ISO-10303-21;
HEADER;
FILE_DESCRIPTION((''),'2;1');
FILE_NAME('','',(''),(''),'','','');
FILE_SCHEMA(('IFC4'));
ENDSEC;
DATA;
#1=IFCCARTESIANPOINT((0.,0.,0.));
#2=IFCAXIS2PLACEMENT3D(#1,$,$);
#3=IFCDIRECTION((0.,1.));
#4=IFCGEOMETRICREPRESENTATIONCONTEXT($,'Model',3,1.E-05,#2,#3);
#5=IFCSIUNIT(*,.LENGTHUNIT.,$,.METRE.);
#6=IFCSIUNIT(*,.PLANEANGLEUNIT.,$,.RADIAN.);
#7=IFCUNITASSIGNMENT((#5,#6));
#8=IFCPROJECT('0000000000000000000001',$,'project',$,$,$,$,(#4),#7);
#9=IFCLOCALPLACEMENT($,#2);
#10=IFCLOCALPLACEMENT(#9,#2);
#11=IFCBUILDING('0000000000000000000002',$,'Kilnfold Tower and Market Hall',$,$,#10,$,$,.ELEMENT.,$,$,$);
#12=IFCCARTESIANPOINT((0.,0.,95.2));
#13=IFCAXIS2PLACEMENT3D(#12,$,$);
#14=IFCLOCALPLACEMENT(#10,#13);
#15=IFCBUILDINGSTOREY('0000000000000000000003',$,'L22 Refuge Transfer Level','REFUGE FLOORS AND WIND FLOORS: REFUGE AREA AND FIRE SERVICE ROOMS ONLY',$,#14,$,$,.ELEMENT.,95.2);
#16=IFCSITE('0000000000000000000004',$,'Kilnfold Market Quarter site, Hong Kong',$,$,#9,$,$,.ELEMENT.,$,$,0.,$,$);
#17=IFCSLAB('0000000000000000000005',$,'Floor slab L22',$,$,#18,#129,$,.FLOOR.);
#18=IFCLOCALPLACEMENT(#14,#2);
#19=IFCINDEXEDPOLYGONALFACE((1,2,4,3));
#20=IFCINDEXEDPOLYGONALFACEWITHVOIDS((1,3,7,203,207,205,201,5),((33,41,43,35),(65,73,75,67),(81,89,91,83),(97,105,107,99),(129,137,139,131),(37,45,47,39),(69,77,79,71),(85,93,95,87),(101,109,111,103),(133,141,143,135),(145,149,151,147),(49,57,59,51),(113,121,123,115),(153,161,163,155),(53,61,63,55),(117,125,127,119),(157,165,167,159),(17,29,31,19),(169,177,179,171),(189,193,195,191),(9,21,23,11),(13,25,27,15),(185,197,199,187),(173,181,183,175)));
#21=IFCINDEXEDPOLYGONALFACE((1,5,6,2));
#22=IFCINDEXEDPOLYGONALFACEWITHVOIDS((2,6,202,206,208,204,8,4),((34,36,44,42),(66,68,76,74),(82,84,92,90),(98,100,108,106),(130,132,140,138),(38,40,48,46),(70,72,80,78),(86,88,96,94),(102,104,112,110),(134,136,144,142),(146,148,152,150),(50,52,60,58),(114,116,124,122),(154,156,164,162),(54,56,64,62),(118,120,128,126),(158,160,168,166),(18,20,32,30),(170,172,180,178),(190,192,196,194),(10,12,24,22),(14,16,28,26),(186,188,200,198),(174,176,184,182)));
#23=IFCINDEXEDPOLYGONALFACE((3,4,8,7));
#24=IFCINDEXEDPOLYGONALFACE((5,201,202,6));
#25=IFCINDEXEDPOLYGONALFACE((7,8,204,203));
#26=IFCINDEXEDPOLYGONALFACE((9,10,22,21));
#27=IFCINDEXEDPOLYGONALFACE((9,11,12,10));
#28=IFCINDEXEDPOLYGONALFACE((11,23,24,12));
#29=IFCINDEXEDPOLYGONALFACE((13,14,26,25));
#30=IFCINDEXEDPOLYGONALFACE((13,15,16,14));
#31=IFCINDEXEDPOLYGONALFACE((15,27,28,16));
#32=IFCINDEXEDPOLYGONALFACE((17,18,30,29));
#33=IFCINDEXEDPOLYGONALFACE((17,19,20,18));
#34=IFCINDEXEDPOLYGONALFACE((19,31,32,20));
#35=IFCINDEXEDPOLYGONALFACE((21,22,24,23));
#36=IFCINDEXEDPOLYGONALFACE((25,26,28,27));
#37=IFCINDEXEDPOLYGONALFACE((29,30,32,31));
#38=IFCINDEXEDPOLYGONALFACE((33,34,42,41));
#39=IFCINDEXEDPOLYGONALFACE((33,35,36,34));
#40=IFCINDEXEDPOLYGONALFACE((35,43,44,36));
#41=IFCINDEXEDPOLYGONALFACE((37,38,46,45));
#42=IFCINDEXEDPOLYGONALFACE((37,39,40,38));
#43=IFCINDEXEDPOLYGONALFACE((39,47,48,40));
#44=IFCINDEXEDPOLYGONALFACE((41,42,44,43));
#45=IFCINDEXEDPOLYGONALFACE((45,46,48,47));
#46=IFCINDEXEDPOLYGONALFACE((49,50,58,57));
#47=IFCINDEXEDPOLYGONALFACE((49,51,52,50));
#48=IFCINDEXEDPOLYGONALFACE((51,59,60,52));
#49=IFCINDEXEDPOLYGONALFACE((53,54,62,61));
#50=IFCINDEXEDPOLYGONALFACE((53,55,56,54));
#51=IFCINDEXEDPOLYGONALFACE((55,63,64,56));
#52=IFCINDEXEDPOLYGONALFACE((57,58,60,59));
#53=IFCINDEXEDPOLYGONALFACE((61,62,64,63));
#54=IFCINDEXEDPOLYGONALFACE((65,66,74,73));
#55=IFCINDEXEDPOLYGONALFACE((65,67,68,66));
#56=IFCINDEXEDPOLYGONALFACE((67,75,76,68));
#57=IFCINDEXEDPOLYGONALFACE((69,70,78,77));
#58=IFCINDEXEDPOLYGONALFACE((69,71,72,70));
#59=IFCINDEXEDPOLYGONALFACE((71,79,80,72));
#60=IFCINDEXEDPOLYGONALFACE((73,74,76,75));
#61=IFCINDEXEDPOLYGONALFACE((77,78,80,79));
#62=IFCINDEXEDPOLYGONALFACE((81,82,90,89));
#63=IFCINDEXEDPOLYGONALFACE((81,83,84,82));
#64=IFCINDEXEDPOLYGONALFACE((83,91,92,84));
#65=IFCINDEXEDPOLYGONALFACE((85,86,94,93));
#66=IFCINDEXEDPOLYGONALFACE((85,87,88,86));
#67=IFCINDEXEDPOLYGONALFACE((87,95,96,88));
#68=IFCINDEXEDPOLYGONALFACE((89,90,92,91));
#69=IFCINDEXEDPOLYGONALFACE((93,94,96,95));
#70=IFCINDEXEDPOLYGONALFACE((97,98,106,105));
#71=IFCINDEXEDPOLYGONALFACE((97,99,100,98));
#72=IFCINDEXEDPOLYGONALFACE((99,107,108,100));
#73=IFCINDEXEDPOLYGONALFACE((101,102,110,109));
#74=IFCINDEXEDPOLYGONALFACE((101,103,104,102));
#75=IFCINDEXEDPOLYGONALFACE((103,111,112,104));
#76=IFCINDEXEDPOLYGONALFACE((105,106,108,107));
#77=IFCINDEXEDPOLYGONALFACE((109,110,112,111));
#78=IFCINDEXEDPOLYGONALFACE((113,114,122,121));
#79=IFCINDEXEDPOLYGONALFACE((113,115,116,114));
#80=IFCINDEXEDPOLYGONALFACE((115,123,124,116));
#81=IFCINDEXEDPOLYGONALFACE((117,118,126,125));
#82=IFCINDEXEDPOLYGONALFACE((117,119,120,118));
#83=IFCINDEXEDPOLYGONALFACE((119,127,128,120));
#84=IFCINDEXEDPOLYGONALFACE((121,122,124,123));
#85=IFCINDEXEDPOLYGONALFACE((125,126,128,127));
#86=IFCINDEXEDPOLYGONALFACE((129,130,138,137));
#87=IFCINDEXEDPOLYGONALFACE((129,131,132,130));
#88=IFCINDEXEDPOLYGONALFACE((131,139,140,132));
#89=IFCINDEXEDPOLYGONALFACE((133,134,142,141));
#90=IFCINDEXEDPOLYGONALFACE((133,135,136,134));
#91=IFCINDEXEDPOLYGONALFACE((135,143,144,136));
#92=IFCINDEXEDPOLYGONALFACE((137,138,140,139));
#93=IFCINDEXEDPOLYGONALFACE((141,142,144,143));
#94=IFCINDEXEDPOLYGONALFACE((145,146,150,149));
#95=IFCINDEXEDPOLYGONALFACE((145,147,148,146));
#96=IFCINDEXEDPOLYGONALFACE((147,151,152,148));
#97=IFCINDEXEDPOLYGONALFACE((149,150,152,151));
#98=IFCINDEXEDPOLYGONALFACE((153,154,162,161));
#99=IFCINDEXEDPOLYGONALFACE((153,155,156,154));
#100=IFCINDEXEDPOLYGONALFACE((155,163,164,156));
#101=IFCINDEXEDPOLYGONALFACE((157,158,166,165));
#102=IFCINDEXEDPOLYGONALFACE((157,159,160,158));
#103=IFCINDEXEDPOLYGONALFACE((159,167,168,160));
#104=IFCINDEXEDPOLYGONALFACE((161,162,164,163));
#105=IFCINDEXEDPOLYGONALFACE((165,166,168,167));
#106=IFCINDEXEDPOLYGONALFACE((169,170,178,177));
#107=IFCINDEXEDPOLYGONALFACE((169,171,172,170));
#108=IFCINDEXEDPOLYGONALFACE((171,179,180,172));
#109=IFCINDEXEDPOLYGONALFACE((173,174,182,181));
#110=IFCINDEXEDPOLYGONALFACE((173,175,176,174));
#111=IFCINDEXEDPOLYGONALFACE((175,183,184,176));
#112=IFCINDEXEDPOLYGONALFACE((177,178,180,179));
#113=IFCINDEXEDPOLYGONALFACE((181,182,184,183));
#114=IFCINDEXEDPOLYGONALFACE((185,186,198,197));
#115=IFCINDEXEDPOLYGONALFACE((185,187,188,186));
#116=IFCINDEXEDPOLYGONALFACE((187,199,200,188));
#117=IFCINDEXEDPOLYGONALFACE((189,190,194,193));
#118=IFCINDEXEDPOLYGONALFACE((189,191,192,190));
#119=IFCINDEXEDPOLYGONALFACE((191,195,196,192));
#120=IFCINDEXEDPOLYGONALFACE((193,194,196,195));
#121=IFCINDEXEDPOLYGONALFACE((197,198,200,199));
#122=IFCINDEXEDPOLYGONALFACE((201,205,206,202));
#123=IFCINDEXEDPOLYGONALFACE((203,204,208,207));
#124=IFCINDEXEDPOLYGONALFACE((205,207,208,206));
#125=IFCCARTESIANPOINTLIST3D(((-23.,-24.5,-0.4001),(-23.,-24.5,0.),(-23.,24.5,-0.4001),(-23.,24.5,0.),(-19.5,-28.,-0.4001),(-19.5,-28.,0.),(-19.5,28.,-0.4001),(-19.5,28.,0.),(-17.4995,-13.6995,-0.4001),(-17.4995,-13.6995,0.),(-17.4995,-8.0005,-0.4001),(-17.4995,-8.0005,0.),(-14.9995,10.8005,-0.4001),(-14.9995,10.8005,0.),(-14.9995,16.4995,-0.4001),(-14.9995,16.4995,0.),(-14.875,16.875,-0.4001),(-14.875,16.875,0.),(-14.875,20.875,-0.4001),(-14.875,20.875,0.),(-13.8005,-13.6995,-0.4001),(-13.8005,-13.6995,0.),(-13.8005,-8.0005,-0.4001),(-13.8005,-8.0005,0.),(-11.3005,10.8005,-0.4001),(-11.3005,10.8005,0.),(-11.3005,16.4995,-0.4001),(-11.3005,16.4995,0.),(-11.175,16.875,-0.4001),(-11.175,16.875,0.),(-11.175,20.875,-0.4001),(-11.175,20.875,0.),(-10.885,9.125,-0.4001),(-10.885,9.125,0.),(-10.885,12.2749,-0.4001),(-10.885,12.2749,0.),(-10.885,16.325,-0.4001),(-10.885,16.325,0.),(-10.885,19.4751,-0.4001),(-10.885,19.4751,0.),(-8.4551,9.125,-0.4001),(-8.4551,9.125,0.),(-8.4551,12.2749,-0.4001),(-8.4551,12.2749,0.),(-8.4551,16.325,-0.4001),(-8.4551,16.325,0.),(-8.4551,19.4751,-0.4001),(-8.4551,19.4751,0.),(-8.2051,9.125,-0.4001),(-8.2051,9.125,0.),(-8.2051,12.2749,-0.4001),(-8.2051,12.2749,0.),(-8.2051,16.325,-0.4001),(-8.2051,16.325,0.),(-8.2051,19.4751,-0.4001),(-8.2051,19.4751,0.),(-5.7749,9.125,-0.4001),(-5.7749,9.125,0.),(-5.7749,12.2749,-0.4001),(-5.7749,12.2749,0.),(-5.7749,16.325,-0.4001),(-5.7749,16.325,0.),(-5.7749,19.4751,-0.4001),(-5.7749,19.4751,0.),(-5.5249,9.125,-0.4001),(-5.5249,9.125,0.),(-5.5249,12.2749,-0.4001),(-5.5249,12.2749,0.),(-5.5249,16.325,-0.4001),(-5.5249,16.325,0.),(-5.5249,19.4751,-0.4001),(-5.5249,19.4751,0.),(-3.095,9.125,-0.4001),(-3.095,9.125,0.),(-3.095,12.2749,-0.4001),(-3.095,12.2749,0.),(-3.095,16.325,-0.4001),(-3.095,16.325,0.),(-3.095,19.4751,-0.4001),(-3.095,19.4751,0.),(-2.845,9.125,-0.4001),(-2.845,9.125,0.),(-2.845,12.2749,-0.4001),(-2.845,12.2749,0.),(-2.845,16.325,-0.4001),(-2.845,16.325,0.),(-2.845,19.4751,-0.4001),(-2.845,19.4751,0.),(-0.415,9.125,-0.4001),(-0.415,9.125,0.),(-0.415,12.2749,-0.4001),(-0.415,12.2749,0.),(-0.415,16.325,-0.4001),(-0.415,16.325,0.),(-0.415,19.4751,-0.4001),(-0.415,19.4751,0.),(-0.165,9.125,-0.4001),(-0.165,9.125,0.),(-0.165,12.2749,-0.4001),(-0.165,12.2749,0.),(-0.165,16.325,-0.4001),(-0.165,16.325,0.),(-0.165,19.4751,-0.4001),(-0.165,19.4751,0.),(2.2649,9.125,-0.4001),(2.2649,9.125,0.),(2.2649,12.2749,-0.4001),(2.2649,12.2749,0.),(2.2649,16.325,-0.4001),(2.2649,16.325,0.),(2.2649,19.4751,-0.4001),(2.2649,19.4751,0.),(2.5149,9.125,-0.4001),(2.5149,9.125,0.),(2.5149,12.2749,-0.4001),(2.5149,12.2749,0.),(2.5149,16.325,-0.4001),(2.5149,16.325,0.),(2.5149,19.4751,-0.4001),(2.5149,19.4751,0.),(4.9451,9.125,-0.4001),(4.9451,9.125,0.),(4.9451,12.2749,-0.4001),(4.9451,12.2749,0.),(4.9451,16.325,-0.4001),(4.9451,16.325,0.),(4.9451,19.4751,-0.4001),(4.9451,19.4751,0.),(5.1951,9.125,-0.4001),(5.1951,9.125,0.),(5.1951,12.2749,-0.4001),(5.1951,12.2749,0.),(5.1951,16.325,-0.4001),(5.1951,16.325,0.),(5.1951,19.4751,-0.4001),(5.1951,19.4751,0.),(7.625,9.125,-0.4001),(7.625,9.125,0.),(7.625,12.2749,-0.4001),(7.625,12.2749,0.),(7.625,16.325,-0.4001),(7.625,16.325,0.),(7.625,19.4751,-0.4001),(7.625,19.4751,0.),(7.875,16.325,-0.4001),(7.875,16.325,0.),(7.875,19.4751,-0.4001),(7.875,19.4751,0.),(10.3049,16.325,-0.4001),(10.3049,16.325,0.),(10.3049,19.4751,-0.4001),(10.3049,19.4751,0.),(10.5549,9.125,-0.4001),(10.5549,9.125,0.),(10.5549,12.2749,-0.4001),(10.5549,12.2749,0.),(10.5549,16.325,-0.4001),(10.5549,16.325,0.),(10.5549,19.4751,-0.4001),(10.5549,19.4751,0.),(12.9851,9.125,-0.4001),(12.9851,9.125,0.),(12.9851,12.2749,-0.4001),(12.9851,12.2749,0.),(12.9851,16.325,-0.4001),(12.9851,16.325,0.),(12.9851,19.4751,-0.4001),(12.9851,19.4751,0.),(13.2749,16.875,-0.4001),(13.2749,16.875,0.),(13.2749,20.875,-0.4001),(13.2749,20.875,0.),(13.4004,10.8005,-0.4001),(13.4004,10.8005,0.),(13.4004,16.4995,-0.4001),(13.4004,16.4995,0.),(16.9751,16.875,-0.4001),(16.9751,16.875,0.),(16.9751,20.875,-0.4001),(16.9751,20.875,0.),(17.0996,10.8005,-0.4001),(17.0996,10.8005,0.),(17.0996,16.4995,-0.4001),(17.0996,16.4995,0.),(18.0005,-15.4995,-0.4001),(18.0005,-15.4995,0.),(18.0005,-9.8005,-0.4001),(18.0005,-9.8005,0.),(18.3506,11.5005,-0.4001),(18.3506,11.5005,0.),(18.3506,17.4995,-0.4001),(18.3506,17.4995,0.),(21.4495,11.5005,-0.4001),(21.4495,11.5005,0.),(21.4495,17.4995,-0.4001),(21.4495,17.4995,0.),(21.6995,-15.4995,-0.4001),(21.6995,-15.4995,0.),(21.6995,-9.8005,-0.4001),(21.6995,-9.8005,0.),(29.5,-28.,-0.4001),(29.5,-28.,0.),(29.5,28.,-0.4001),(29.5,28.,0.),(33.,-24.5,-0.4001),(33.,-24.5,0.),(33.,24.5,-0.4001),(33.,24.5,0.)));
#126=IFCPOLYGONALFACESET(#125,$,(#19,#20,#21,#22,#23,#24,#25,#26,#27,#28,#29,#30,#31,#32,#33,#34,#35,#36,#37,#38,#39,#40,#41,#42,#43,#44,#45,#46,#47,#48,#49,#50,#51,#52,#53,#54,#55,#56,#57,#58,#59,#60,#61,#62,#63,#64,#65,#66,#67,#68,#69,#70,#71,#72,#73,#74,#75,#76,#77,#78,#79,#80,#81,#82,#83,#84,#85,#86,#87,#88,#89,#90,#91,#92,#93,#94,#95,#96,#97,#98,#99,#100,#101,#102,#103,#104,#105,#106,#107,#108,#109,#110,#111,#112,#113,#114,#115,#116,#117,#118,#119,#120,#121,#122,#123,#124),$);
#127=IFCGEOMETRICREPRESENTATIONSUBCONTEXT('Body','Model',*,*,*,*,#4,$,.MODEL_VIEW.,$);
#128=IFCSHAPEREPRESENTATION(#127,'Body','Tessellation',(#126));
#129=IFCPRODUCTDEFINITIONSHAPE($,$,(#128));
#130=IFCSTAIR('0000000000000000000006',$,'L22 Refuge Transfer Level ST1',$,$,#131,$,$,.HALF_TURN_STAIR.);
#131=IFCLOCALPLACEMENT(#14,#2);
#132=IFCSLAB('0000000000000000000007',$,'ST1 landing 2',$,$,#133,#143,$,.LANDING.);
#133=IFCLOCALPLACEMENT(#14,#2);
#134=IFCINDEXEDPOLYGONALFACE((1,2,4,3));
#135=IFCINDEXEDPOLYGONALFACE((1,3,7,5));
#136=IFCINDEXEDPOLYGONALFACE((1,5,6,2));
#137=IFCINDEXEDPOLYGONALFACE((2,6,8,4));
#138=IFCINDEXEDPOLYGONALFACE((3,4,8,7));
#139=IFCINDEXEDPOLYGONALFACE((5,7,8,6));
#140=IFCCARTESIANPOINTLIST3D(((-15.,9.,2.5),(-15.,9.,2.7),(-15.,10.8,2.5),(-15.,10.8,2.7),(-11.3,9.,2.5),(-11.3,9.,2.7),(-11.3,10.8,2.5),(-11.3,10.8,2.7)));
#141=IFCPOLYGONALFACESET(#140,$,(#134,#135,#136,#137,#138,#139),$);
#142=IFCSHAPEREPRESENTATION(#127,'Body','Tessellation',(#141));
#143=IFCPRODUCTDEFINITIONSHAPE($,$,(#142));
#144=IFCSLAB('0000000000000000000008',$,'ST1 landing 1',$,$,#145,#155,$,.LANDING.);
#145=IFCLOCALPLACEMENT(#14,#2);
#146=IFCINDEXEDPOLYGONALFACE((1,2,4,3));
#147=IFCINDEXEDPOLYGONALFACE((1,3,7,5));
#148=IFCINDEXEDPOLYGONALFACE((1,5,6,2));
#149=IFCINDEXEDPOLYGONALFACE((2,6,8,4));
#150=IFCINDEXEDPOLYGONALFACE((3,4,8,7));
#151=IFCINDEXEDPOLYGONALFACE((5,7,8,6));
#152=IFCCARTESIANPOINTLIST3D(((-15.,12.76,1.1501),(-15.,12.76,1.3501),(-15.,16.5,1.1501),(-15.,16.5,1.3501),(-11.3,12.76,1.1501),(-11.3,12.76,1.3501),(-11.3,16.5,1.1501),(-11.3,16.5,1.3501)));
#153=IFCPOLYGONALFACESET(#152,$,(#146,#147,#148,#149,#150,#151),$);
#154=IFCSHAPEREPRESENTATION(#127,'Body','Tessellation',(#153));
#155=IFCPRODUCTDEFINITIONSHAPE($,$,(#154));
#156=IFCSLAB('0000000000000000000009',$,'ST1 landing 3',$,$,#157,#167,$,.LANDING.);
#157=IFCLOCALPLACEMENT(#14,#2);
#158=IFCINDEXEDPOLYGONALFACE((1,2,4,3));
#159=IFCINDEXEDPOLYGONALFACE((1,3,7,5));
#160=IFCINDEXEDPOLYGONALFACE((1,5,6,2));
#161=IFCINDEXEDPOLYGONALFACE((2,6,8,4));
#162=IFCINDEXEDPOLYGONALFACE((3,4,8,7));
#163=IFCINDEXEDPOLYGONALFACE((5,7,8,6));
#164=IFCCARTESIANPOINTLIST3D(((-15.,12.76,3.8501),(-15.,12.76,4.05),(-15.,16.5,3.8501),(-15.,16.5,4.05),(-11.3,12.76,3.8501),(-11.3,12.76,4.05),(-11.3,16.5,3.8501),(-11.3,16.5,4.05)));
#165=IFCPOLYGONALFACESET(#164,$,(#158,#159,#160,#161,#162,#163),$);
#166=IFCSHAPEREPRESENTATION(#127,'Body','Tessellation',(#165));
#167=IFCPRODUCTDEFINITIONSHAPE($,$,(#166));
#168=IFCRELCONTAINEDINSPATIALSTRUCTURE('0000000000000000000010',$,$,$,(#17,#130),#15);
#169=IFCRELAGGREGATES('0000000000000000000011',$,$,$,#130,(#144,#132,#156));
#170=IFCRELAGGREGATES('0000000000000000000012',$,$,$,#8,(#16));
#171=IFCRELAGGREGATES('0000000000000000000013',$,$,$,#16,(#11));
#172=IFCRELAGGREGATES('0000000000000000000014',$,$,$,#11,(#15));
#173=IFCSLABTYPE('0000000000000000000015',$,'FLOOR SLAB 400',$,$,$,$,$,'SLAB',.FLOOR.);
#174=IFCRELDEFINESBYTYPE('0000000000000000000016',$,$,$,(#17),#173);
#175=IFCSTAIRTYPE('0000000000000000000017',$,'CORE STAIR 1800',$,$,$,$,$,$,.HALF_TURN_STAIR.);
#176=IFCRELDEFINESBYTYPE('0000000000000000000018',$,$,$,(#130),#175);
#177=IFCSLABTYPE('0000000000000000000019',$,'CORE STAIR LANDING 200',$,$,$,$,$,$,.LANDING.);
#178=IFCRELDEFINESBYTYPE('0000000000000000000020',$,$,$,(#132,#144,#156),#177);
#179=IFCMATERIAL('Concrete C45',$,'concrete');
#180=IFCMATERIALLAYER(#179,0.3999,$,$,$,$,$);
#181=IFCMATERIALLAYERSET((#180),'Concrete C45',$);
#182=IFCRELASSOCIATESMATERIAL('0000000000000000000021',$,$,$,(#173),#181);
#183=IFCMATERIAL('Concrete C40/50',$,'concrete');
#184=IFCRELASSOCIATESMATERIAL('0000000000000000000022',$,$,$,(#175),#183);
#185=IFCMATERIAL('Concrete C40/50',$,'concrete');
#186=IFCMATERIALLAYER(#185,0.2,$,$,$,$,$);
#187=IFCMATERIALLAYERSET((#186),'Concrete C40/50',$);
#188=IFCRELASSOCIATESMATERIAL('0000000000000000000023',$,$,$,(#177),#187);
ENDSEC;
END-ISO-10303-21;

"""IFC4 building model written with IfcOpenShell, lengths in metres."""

from ifc_helpers import new_model, si_unit, direction, frame, origin, place, context, subcontext, project, spatial, polyline, outline, extrude, source, transform, mapped, material, layer, layer_set, type_object, element, aggregate, save


model = new_model("IFC4")

# Units and contexts
model_context = context("Model", 3, precision=1e-05, world=origin(), true_north=direction((0.0, 1.0)))
body_context = subcontext(model_context, "Body", "Model", "MODEL_VIEW")
ifc_project = project(units=[si_unit("LENGTHUNIT", "METRE"), si_unit("PLANEANGLEUNIT", "RADIAN")], contexts=[model_context])

# Site, building, storey
site_placement = place(None, origin())
site = spatial("IfcSite", under=ifc_project, at=site_placement, Name="Kilnfold Market Quarter site, Hong Kong", CompositionType="ELEMENT", RefElevation=0.0)
building_placement = place(site_placement, origin())
building = spatial("IfcBuilding", under=site, at=building_placement, Name="Kilnfold Tower and Market Hall", CompositionType="ELEMENT")
storey_placement = place(building_placement, frame((0.0, 0.0, 95.2)))
storey = spatial("IfcBuildingStorey", under=building, at=storey_placement, Name="L22 Refuge Transfer Level", Description="REFUGE FLOORS AND WIND FLOORS: REFUGE AREA AND FIRE SERVICE ROOMS ONLY", CompositionType="ELEMENT", Elevation=95.2)

# Slab
ifc_material_1 = material(Name="Concrete C45", Category="concrete")
ifc_layer_1 = layer(ifc_material_1, 0.3999)
ifc_layer_set_1 = layer_set([ifc_layer_1], Name="Concrete C45")
slab_type_1 = type_object("IfcSlabType", Name="FLOOR SLAB 400", ElementType="SLAB", PredefinedType="FLOOR", material=ifc_layer_set_1)
shared_shape_1 = source(origin(), body_context, "Body", "SweptSolid", [
    extrude(outline(polyline([(-19.5, -28.0), (29.5, -28.0), (33.0, -24.5), (33.0, 24.5), (29.5, 28.0), (-19.5, 28.0), (-23.0, 24.5), (-23.0, -24.5), (-19.5, -28.0)]), holes=[polyline([(-13.8005, -13.6995), (-17.4995, -13.6995), (-17.4995, -8.0005), (-13.8005, -8.0005), (-13.8005, -13.6995)]), polyline([(-14.9995, 10.8005), (-14.9995, 16.4995), (-11.3005, 16.4995), (-11.3005, 10.8005), (-14.9995, 10.8005)]), polyline([(-14.875, 16.875), (-14.875, 20.875), (-11.175, 20.875), (-11.175, 16.875), (-14.875, 16.875)]), polyline([(-10.885, 9.125), (-10.885, 12.2749), (-8.4551, 12.2749), (-8.4551, 9.125), (-10.885, 9.125)]), polyline([(-8.4551, 16.325), (-10.885, 16.325), (-10.885, 19.4751), (-8.4551, 19.4751), (-8.4551, 16.325)]), polyline([(-8.2051, 9.125), (-8.2051, 12.2749), (-5.7749, 12.2749), (-5.7749, 9.125), (-8.2051, 9.125)]), polyline([(-8.2051, 16.325), (-8.2051, 19.4751), (-5.7749, 19.4751), (-5.7749, 16.325), (-8.2051, 16.325)]), polyline([(-3.095, 9.125), (-5.5249, 9.125), (-5.5249, 12.2749), (-3.095, 12.2749), (-3.095, 9.125)]), polyline([(-5.5249, 16.325), (-5.5249, 19.4751), (-3.095, 19.4751), (-3.095, 16.325), (-5.5249, 16.325)]), polyline([(-2.845, 9.125), (-2.845, 12.2749), (-0.415, 12.2749), (-0.415, 9.125), (-2.845, 9.125)]), polyline([(-0.415, 16.325), (-2.845, 16.325), (-2.845, 19.4751), (-0.415, 19.4751), (-0.415, 16.325)]), polyline([(-0.165, 9.125), (-0.165, 12.2749), (2.2649, 12.2749), (2.2649, 9.125), (-0.165, 9.125)]), polyline([(-0.165, 16.325), (-0.165, 19.4751), (2.2649, 19.4751), (2.2649, 16.325), (-0.165, 16.325)]), polyline([(2.5149, 9.125), (2.5149, 12.2749), (4.9451, 12.2749), (4.9451, 9.125), (2.5149, 9.125)]), polyline([(2.5149, 16.325), (2.5149, 19.4751), (4.9451, 19.4751), (4.9451, 16.325), (2.5149, 16.325)]), polyline([(7.625, 9.125), (5.1951, 9.125), (5.1951, 12.2749), (7.625, 12.2749), (7.625, 9.125)]), polyline([(5.1951, 16.325), (5.1951, 19.4751), (7.625, 19.4751), (7.625, 16.325), (5.1951, 16.325)]), polyline([(10.3049, 16.325), (7.875, 16.325), (7.875, 19.4751), (10.3049, 19.4751), (10.3049, 16.325)]), polyline([(10.5549, 9.125), (10.5549, 12.2749), (12.9851, 12.2749), (12.9851, 9.125), (10.5549, 9.125)]), polyline([(10.5549, 16.325), (10.5549, 19.4751), (12.9851, 19.4751), (12.9851, 16.325), (10.5549, 16.325)]), polyline([(13.2749, 16.875), (13.2749, 20.875), (16.9751, 20.875), (16.9751, 16.875), (13.2749, 16.875)]), polyline([(13.4004, 10.8005), (13.4004, 16.4995), (17.0996, 16.4995), (17.0996, 10.8005), (13.4004, 10.8005)]), polyline([(18.0005, -9.8005), (21.6995, -9.8005), (21.6995, -15.4995), (18.0005, -15.4995), (18.0005, -9.8005)]), polyline([(21.4495, 11.5005), (18.3506, 11.5005), (18.3506, 17.4995), (21.4495, 17.4995), (21.4495, 11.5005)])]), origin(), (0.0, 0.0, 1.0), 0.4001),
])
slab_1_placement = place(storey_placement, frame((0.0, 0.0, -0.4001)))
element("IfcSlab", 1, at=slab_1_placement, inside=storey, type_object=slab_type_1, Name="Floor slab L22", PredefinedType="FLOOR", context=body_context, shape_type="MappedRepresentation", body=[
    mapped(shared_shape_1, transform((0.0, 0.0, 0.0))),
])

# Stair, slabs
ifc_material_2 = material(Name="Concrete C40/50", Category="concrete")
stair_type = type_object("IfcStairType", Name="CORE STAIR 1800", PredefinedType="HALF_TURN_STAIR", material=ifc_material_2)
stair_1_placement = place(storey_placement, origin())
stair_1 = element("IfcStair", 2, at=stair_1_placement, inside=storey, type_object=stair_type, Name="L22 Refuge Transfer Level ST1", PredefinedType="HALF_TURN_STAIR")
ifc_material_3 = material(Name="Concrete C40/50", Category="concrete")
ifc_layer_2 = layer(ifc_material_3, 0.2)
ifc_layer_set_2 = layer_set([ifc_layer_2], Name="Concrete C40/50")
slab_type_2 = type_object("IfcSlabType", Name="CORE STAIR LANDING 200", PredefinedType="LANDING", material=ifc_layer_set_2)
shared_shape_2 = source(origin(), body_context, "Body", "SweptSolid", [
    extrude(outline(polyline([(-11.3, 9.0), (-11.3, 10.8), (-15.0, 10.8), (-15.0, 9.0), (-11.3, 9.0)])), origin(), (0.0, 0.0, 1.0), 0.2),
])
slab_2_placement = place(storey_placement, frame((0.0, 0.0, 2.5)))
slab_2 = element("IfcSlab", 3, at=slab_2_placement, type_object=slab_type_2, Name="ST1 landing 2", PredefinedType="LANDING", context=body_context, shape_type="MappedRepresentation", body=[
    mapped(shared_shape_2, transform((0.0, 0.0, 0.0))),
])
shared_shape_3 = source(origin(), body_context, "Body", "SweptSolid", [
    extrude(outline(polyline([(-11.3, 12.76), (-11.3, 16.5), (-15.0, 16.5), (-15.0, 12.76), (-11.3, 12.76)])), origin(), (0.0, 0.0, 1.0), 0.2),
])
slab_3_placement = place(storey_placement, frame((0.0, 0.0, 1.1501)))
slab_3 = element("IfcSlab", 4, at=slab_3_placement, type_object=slab_type_2, Name="ST1 landing 1", PredefinedType="LANDING", context=body_context, shape_type="MappedRepresentation", body=[
    mapped(shared_shape_3, transform((0.0, 0.0, 0.0))),
])
slab_4_placement = place(storey_placement, frame((0.0, 0.0, 3.8501)))
slab_4 = element("IfcSlab", 5, at=slab_4_placement, type_object=slab_type_2, Name="ST1 landing 3", PredefinedType="LANDING", context=body_context, shape_type="MappedRepresentation", body=[
    mapped(shared_shape_3, transform((0.0, 0.0, 0.0))),
])
aggregate(stair_1, [slab_3, slab_2, slab_4])

save(model, "model.ifc")
